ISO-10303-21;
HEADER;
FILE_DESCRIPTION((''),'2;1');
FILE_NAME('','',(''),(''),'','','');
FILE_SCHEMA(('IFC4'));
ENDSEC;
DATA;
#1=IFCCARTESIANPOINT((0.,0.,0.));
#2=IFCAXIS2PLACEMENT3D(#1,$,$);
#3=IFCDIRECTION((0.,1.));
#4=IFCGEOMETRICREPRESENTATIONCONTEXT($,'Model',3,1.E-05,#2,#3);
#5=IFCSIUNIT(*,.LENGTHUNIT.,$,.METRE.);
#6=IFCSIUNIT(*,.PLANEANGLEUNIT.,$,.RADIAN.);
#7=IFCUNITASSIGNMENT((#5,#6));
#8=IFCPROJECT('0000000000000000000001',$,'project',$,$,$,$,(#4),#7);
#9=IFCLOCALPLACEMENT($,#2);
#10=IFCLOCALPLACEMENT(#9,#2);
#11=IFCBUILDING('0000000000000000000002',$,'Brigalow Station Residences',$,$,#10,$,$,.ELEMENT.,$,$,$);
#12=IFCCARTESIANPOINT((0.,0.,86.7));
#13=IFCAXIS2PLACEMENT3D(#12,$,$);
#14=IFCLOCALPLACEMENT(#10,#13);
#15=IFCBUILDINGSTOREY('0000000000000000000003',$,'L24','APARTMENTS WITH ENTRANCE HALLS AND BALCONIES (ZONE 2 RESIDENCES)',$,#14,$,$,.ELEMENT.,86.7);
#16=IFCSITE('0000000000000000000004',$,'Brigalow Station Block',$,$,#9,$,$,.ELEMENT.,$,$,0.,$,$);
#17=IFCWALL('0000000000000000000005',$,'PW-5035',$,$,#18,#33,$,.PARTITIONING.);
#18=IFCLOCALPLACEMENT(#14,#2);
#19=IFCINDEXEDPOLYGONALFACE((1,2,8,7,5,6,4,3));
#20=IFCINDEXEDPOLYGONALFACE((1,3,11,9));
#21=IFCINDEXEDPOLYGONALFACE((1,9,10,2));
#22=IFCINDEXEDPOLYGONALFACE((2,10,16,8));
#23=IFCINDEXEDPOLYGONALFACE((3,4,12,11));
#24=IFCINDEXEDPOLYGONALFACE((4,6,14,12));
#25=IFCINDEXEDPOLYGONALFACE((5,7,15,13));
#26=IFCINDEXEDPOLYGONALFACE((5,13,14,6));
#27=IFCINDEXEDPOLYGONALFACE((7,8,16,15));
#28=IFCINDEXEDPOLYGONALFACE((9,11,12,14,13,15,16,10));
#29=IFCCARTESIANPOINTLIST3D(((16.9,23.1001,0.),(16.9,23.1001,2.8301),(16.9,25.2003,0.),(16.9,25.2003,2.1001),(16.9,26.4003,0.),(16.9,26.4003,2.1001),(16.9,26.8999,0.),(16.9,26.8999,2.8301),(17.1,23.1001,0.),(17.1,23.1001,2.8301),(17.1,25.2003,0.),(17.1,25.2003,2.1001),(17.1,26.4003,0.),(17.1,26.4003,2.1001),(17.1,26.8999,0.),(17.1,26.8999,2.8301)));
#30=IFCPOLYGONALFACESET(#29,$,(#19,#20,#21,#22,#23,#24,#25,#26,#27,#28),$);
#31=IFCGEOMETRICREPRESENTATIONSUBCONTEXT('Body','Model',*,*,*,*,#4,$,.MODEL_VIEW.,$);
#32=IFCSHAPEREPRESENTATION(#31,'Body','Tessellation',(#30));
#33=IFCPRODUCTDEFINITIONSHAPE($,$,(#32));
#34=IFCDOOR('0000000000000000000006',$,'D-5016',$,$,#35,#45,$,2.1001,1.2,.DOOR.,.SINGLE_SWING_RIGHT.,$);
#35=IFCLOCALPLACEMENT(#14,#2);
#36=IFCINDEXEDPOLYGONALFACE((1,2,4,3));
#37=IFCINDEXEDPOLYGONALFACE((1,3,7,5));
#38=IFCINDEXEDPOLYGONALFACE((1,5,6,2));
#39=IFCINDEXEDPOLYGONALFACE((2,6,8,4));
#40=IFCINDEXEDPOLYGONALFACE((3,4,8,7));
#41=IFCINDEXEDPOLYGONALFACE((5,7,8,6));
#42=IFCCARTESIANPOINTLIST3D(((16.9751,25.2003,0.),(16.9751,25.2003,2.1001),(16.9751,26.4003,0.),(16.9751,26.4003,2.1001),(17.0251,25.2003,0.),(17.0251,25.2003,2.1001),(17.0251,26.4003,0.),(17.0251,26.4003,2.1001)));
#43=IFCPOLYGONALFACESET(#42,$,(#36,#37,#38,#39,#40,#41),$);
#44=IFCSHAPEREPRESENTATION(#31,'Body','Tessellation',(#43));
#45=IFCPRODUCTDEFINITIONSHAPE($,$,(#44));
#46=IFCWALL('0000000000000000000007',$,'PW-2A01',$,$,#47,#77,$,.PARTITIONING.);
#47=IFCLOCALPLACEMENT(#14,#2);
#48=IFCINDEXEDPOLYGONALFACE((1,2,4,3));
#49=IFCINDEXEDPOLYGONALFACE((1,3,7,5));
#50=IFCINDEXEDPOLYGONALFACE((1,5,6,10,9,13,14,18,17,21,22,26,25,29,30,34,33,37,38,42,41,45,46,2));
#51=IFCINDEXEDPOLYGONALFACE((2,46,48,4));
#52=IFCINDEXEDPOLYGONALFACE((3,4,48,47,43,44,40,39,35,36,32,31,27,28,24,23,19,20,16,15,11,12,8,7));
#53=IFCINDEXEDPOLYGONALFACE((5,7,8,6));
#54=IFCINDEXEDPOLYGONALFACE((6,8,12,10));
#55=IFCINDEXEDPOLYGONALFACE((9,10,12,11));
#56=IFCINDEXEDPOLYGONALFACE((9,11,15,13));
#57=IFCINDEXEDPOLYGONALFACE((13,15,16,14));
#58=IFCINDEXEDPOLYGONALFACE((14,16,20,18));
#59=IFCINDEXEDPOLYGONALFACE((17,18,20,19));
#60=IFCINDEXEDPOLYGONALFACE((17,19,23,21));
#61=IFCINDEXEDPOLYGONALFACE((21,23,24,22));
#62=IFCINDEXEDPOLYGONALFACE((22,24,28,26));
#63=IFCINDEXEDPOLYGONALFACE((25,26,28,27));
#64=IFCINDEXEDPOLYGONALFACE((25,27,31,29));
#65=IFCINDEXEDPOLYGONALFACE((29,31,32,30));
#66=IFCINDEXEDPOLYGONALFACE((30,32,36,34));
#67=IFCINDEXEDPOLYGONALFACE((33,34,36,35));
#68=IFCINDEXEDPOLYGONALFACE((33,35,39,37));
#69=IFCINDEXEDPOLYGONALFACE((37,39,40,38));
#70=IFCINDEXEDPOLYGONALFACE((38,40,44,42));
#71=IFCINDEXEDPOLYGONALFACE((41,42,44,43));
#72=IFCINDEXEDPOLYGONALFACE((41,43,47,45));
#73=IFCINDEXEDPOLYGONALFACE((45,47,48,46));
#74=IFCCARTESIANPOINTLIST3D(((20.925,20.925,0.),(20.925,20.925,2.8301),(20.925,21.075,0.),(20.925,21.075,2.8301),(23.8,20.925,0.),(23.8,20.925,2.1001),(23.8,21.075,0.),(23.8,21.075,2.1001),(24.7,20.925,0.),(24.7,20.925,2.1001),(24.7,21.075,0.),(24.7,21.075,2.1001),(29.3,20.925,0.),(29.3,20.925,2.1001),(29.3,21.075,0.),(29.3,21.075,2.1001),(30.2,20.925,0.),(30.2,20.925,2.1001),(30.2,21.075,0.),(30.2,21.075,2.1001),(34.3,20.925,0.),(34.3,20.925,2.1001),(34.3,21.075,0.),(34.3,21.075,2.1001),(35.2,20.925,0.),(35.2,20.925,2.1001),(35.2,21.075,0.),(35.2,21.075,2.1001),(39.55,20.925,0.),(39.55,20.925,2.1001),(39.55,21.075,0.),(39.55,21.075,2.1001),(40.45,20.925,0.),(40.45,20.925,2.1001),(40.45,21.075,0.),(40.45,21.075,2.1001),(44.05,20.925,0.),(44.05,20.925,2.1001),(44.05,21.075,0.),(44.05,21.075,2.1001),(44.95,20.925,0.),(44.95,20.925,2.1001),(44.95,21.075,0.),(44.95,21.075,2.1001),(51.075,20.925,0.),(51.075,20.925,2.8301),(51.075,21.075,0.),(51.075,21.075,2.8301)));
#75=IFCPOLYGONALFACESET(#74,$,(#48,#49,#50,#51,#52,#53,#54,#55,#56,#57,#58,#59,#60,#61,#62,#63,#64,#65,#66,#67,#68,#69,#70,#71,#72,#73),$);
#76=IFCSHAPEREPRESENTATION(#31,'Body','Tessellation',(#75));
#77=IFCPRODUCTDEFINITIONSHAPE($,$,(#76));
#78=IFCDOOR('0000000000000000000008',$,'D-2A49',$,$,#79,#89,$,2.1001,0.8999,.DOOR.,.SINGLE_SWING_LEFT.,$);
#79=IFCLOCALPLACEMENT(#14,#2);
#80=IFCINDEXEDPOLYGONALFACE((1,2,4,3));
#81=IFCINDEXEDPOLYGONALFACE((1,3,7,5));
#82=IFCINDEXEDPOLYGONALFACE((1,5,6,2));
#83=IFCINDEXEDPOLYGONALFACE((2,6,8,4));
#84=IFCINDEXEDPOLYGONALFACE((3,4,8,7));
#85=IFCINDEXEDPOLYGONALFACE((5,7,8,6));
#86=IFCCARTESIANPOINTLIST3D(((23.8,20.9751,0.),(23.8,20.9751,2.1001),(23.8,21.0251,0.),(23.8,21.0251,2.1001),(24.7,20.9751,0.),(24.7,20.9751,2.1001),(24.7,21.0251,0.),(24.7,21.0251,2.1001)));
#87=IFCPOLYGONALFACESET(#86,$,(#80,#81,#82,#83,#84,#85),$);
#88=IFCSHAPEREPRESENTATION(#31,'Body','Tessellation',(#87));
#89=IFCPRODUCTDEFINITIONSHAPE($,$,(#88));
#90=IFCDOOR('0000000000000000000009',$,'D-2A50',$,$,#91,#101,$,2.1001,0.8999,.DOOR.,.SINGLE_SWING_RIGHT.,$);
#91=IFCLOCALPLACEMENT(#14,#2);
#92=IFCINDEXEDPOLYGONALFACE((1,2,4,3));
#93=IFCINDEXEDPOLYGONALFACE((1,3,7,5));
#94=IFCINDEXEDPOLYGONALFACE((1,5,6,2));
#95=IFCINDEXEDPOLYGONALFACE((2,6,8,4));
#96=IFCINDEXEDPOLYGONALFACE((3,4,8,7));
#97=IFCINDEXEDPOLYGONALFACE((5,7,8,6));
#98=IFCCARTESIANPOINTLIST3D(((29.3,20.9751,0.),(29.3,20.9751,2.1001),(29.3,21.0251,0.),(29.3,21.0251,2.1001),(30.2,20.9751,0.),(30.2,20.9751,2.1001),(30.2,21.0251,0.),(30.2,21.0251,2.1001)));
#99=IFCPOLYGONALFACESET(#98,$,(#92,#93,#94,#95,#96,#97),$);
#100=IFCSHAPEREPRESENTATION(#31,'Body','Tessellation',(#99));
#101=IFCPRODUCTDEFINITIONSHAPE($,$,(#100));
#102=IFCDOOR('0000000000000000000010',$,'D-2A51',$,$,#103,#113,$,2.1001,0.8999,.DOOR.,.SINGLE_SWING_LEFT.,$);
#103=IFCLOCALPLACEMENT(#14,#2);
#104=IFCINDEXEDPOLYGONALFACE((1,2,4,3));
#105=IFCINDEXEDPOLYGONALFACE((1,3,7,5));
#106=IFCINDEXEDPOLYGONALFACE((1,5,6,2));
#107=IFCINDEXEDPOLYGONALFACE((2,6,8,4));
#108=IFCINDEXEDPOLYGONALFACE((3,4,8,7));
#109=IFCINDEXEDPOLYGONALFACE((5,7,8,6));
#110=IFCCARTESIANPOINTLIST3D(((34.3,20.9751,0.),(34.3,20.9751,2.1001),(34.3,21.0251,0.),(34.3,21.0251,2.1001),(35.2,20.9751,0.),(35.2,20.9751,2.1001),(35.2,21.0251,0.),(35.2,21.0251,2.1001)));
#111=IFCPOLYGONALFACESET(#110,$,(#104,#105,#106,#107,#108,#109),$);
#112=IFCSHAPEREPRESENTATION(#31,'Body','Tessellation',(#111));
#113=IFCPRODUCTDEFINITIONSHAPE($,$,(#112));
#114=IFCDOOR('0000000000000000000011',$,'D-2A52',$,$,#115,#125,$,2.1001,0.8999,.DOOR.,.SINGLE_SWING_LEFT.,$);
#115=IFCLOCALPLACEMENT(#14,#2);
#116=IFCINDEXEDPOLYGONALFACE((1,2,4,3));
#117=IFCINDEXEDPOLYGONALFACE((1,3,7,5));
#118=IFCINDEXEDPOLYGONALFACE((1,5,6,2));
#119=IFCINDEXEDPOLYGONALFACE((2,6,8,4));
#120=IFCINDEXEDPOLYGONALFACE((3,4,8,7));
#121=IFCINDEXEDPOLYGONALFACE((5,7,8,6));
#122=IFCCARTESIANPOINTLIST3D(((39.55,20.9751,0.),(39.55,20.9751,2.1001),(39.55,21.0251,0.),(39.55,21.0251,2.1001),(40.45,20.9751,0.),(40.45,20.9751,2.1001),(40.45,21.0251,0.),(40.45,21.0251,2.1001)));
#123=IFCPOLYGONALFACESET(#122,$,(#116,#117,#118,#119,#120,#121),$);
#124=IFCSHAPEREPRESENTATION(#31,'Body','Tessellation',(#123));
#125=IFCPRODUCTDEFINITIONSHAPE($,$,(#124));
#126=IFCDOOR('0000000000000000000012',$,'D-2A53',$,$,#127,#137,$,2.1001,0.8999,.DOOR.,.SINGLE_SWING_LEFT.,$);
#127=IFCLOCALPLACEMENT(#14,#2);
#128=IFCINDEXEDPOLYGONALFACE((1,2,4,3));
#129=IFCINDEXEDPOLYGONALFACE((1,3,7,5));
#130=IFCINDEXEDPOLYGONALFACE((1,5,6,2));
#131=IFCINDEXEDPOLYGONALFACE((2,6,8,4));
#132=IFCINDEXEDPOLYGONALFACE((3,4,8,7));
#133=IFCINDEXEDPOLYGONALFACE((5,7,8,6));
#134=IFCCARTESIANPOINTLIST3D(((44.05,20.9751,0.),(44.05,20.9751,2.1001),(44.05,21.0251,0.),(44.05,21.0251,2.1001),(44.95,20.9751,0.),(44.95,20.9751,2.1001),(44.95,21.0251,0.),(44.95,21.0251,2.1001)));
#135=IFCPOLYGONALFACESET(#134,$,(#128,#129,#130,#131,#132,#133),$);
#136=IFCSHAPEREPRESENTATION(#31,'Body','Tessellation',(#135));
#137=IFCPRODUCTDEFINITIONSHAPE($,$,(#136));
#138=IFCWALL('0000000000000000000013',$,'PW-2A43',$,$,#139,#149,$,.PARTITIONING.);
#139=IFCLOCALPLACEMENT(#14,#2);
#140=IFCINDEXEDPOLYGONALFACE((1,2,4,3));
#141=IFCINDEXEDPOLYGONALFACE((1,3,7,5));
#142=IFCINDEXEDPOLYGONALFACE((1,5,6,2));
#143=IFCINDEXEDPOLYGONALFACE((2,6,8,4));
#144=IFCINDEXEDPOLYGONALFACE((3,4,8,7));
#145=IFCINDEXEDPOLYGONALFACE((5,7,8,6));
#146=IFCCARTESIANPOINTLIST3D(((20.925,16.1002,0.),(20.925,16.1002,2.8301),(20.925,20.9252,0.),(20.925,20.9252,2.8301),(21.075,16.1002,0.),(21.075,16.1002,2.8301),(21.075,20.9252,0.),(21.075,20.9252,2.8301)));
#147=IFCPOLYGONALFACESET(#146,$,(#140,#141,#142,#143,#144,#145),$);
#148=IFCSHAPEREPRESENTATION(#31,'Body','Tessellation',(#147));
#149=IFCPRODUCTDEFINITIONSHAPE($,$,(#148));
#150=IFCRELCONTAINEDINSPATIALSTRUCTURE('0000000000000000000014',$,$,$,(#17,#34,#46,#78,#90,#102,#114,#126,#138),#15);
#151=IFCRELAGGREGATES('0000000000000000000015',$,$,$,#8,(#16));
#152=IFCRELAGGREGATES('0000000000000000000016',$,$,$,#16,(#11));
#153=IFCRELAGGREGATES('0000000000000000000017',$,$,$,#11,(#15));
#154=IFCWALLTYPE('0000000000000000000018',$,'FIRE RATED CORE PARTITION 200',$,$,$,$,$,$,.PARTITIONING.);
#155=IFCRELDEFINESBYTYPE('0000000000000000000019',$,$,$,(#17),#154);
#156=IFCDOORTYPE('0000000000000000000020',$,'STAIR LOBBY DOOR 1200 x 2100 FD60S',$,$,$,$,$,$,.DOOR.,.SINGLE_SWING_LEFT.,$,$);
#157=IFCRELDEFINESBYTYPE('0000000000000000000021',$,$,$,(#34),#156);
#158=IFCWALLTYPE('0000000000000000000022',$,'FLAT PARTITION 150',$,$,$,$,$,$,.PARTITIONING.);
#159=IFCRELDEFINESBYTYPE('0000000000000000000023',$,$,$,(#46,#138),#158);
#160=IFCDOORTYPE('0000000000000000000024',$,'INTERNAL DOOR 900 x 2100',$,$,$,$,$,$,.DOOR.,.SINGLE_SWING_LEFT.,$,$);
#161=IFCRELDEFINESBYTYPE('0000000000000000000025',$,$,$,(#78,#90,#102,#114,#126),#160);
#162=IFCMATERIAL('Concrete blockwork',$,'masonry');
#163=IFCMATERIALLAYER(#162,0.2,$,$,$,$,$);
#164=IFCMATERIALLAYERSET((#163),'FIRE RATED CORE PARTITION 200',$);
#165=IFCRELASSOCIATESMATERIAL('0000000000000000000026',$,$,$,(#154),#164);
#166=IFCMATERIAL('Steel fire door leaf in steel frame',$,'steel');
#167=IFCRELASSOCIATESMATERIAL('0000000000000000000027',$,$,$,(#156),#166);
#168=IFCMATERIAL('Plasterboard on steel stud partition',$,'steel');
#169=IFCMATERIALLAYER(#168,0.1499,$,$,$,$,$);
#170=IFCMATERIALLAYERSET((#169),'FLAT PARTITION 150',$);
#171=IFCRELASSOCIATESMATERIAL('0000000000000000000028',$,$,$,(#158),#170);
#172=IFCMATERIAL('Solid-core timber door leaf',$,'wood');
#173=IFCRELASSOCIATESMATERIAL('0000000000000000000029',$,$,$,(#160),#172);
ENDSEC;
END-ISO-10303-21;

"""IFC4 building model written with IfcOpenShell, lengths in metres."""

from ifc_helpers import new_model, si_unit, direction, frame, frame_2d, origin, place, context, subcontext, project, spatial, rectangle, extrude, material, layer, layer_set, type_object, element, fill, save


model = new_model("IFC4")

# Units and contexts
model_context = context("Model", 3, precision=1e-05, world=origin(), true_north=direction((0.0, 1.0)))
body_context = subcontext(model_context, "Body", "Model", "MODEL_VIEW")
ifc_project = project(units=[si_unit("LENGTHUNIT", "METRE"), si_unit("PLANEANGLEUNIT", "RADIAN")], contexts=[model_context])

# Site, building, storey
site_placement = place(None, origin())
site = spatial("IfcSite", under=ifc_project, at=site_placement, Name="Brigalow Station Block", CompositionType="ELEMENT", RefElevation=0.0)
building_placement = place(site_placement, origin())
building = spatial("IfcBuilding", under=site, at=building_placement, Name="Brigalow Station Residences", CompositionType="ELEMENT")
storey_placement = place(building_placement, frame((0.0, 0.0, 86.7)))
storey = spatial("IfcBuildingStorey", under=building, at=storey_placement, Name="L24", Description="APARTMENTS WITH ENTRANCE HALLS AND BALCONIES (ZONE 2 RESIDENCES)", CompositionType="ELEMENT", Elevation=86.7)

# Shared definitions
ifc_material_1 = material(Name="Concrete blockwork", Category="masonry")
ifc_layer_1 = layer(ifc_material_1, 0.2)
ifc_layer_set_1 = layer_set([ifc_layer_1], Name="FIRE RATED CORE PARTITION 200")
wall_type_1 = type_object("IfcWallType", Name="FIRE RATED CORE PARTITION 200", PredefinedType="PARTITIONING", material=ifc_layer_set_1)

# Wall, opening, door
wall_1_placement = place(storey_placement, frame((17.0, 23.1001, 0.0), z_axis=(0.0, 0.0, 1.0), x_axis=(0.0, 1.0, 0.0)))
wall_1 = element("IfcWall", 1, at=wall_1_placement, inside=storey, type_object=wall_type_1, Name="PW-5035", PredefinedType="PARTITIONING", context=body_context, shape_type="SweptSolid", body=[
    extrude(rectangle(XDim=3.7998, YDim=0.2, at=frame_2d((1.8999, 0.0))), origin(), (0.0, 0.0, 1.0), 2.8301),
])
opening_1_placement = place(wall_1_placement, frame((2.1001, 0.0, 0.0)))
opening_1 = element("IfcOpeningElement", 2, at=opening_1_placement, cuts=wall_1, PredefinedType="OPENING", context=body_context, shape_type="SweptSolid", body=[
    extrude(rectangle(XDim=1.2, YDim=2.1001, at=frame_2d((0.6001, 1.05))), frame((0.0, 0.1099, 0.0), z_axis=(0.0, -1.0, 0.0), x_axis=(1.0, 0.0, 0.0)), (0.0, 0.0, 1.0), 0.22),
])
ifc_material_2 = material(Name="Steel fire door leaf in steel frame", Category="steel")
door_type_1 = type_object("IfcDoorType", Name="STAIR LOBBY DOOR 1200 x 2100 FD60S", OperationType="SINGLE_SWING_LEFT", PredefinedType="DOOR", material=ifc_material_2)
door_1_placement = place(opening_1_placement, origin())
door_1 = element("IfcDoor", 3, at=door_1_placement, inside=storey, type_object=door_type_1, Name="D-5016", OperationType="SINGLE_SWING_RIGHT", OverallHeight=2.1001, OverallWidth=1.2, PredefinedType="DOOR", context=body_context, shape_type="SweptSolid", body=[
    extrude(rectangle(XDim=1.2, YDim=2.1001, at=frame_2d((0.6001, 1.05))), frame((0.0, 0.0249, 0.0), z_axis=(0.0, -1.0, 0.0), x_axis=(1.0, 0.0, 0.0)), (0.0, 0.0, 1.0), 0.05),
])
fill(opening_1, door_1)

# Wall, openings, doors
ifc_material_3 = material(Name="Plasterboard on steel stud partition", Category="steel")
ifc_layer_2 = layer(ifc_material_3, 0.1499)
ifc_layer_set_2 = layer_set([ifc_layer_2], Name="FLAT PARTITION 150")
wall_type_2 = type_object("IfcWallType", Name="FLAT PARTITION 150", PredefinedType="PARTITIONING", material=ifc_layer_set_2)
wall_2_placement = place(storey_placement, frame((20.925, 21.0, 0.0), z_axis=(0.0, 0.0, 1.0), x_axis=(1.0, 0.0, 0.0)))
wall_2 = element("IfcWall", 4, at=wall_2_placement, inside=storey, type_object=wall_type_2, Name="PW-2A01", PredefinedType="PARTITIONING", context=body_context, shape_type="SweptSolid", body=[
    extrude(rectangle(XDim=30.1499, YDim=0.1499, at=frame_2d((15.075, 0.0))), origin(), (0.0, 0.0, 1.0), 2.8301),
])
opening_2_placement = place(wall_2_placement, frame((2.875, 0.0, 0.0)))
opening_2 = element("IfcOpeningElement", 5, at=opening_2_placement, cuts=wall_2, PredefinedType="OPENING", context=body_context, shape_type="SweptSolid", body=[
    extrude(rectangle(XDim=0.8999, YDim=2.1001, at=frame_2d((0.45, 1.05))), frame((0.0, 0.085, 0.0), z_axis=(0.0, -1.0, 0.0), x_axis=(1.0, 0.0, 0.0)), (0.0, 0.0, 1.0), 0.1699),
])
opening_3_placement = place(wall_2_placement, frame((8.375, 0.0, 0.0)))
opening_3 = element("IfcOpeningElement", 6, at=opening_3_placement, cuts=wall_2, PredefinedType="OPENING", context=body_context, shape_type="SweptSolid", body=[
    extrude(rectangle(XDim=0.8999, YDim=2.1001, at=frame_2d((0.45, 1.05))), frame((0.0, 0.085, 0.0), z_axis=(0.0, -1.0, 0.0), x_axis=(1.0, 0.0, 0.0)), (0.0, 0.0, 1.0), 0.1699),
])
opening_4_placement = place(wall_2_placement, frame((13.375, 0.0, 0.0)))
opening_4 = element("IfcOpeningElement", 7, at=opening_4_placement, cuts=wall_2, PredefinedType="OPENING", context=body_context, shape_type="SweptSolid", body=[
    extrude(rectangle(XDim=0.8999, YDim=2.1001, at=frame_2d((0.45, 1.05))), frame((0.0, 0.085, 0.0), z_axis=(0.0, -1.0, 0.0), x_axis=(1.0, 0.0, 0.0)), (0.0, 0.0, 1.0), 0.1699),
])
opening_5_placement = place(wall_2_placement, frame((18.625, 0.0, 0.0)))
opening_5 = element("IfcOpeningElement", 8, at=opening_5_placement, cuts=wall_2, PredefinedType="OPENING", context=body_context, shape_type="SweptSolid", body=[
    extrude(rectangle(XDim=0.8999, YDim=2.1001, at=frame_2d((0.45, 1.05))), frame((0.0, 0.085, 0.0), z_axis=(0.0, -1.0, 0.0), x_axis=(1.0, 0.0, 0.0)), (0.0, 0.0, 1.0), 0.1699),
])
opening_6_placement = place(wall_2_placement, frame((23.125, 0.0, 0.0)))
opening_6 = element("IfcOpeningElement", 9, at=opening_6_placement, cuts=wall_2, PredefinedType="OPENING", context=body_context, shape_type="SweptSolid", body=[
    extrude(rectangle(XDim=0.8999, YDim=2.1001, at=frame_2d((0.45, 1.05))), frame((0.0, 0.085, 0.0), z_axis=(0.0, -1.0, 0.0), x_axis=(1.0, 0.0, 0.0)), (0.0, 0.0, 1.0), 0.1699),
])
ifc_material_4 = material(Name="Solid-core timber door leaf", Category="wood")
door_type_2 = type_object("IfcDoorType", Name="INTERNAL DOOR 900 x 2100", OperationType="SINGLE_SWING_LEFT", PredefinedType="DOOR", material=ifc_material_4)
door_2_placement = place(opening_2_placement, frame((0.8999, 0.0, 0.0), z_axis=(0.0, 0.0, 1.0), x_axis=(-1.0, 0.0, 0.0)))
door_2 = element("IfcDoor", 10, at=door_2_placement, inside=storey, type_object=door_type_2, Name="D-2A49", OperationType="SINGLE_SWING_LEFT", OverallHeight=2.1001, OverallWidth=0.8999, PredefinedType="DOOR", context=body_context, shape_type="SweptSolid", body=[
    extrude(rectangle(XDim=0.8999, YDim=2.1001, at=frame_2d((0.45, 1.05))), frame((0.0, 0.0249, 0.0), z_axis=(0.0, -1.0, 0.0), x_axis=(1.0, 0.0, 0.0)), (0.0, 0.0, 1.0), 0.05),
])
fill(opening_2, door_2)
door_3_placement = place(opening_3_placement, frame((0.8999, 0.0, 0.0), z_axis=(0.0, 0.0, 1.0), x_axis=(-1.0, 0.0, 0.0)))
door_3 = element("IfcDoor", 11, at=door_3_placement, inside=storey, type_object=door_type_2, Name="D-2A50", OperationType="SINGLE_SWING_RIGHT", OverallHeight=2.1001, OverallWidth=0.8999, PredefinedType="DOOR", context=body_context, shape_type="SweptSolid", body=[
    extrude(rectangle(XDim=0.8999, YDim=2.1001, at=frame_2d((0.45, 1.05))), frame((0.0, 0.0249, 0.0), z_axis=(0.0, -1.0, 0.0), x_axis=(1.0, 0.0, 0.0)), (0.0, 0.0, 1.0), 0.05),
])
fill(opening_3, door_3)
door_4_placement = place(opening_4_placement, frame((0.8999, 0.0, 0.0), z_axis=(0.0, 0.0, 1.0), x_axis=(-1.0, 0.0, 0.0)))
door_4 = element("IfcDoor", 12, at=door_4_placement, inside=storey, type_object=door_type_2, Name="D-2A51", OperationType="SINGLE_SWING_LEFT", OverallHeight=2.1001, OverallWidth=0.8999, PredefinedType="DOOR", context=body_context, shape_type="SweptSolid", body=[
    extrude(rectangle(XDim=0.8999, YDim=2.1001, at=frame_2d((0.45, 1.05))), frame((0.0, 0.0249, 0.0), z_axis=(0.0, -1.0, 0.0), x_axis=(1.0, 0.0, 0.0)), (0.0, 0.0, 1.0), 0.05),
])
fill(opening_4, door_4)
door_5_placement = place(opening_5_placement, frame((0.8999, 0.0, 0.0), z_axis=(0.0, 0.0, 1.0), x_axis=(-1.0, 0.0, 0.0)))
door_5 = element("IfcDoor", 13, at=door_5_placement, inside=storey, type_object=door_type_2, Name="D-2A52", OperationType="SINGLE_SWING_LEFT", OverallHeight=2.1001, OverallWidth=0.8999, PredefinedType="DOOR", context=body_context, shape_type="SweptSolid", body=[
    extrude(rectangle(XDim=0.8999, YDim=2.1001, at=frame_2d((0.45, 1.05))), frame((0.0, 0.0249, 0.0), z_axis=(0.0, -1.0, 0.0), x_axis=(1.0, 0.0, 0.0)), (0.0, 0.0, 1.0), 0.05),
])
fill(opening_5, door_5)
door_6_placement = place(opening_6_placement, frame((0.8999, 0.0, 0.0), z_axis=(0.0, 0.0, 1.0), x_axis=(-1.0, 0.0, 0.0)))
door_6 = element("IfcDoor", 14, at=door_6_placement, inside=storey, type_object=door_type_2, Name="D-2A53", OperationType="SINGLE_SWING_LEFT", OverallHeight=2.1001, OverallWidth=0.8999, PredefinedType="DOOR", context=body_context, shape_type="SweptSolid", body=[
    extrude(rectangle(XDim=0.8999, YDim=2.1001, at=frame_2d((0.45, 1.05))), frame((0.0, 0.0249, 0.0), z_axis=(0.0, -1.0, 0.0), x_axis=(1.0, 0.0, 0.0)), (0.0, 0.0, 1.0), 0.05),
])
fill(opening_6, door_6)

# Wall
wall_3_placement = place(storey_placement, frame((21.0, 16.1001, 0.0), z_axis=(0.0, 0.0, 1.0), x_axis=(0.0, 1.0, 0.0)))
element("IfcWall", 15, at=wall_3_placement, inside=storey, type_object=wall_type_2, Name="PW-2A43", PredefinedType="PARTITIONING", context=body_context, shape_type="SweptSolid", body=[
    extrude(rectangle(XDim=4.825, YDim=0.1499, at=frame_2d((2.4126, 0.0))), origin(), (0.0, 0.0, 1.0), 2.8301),
])

save(model, "model.ifc")
